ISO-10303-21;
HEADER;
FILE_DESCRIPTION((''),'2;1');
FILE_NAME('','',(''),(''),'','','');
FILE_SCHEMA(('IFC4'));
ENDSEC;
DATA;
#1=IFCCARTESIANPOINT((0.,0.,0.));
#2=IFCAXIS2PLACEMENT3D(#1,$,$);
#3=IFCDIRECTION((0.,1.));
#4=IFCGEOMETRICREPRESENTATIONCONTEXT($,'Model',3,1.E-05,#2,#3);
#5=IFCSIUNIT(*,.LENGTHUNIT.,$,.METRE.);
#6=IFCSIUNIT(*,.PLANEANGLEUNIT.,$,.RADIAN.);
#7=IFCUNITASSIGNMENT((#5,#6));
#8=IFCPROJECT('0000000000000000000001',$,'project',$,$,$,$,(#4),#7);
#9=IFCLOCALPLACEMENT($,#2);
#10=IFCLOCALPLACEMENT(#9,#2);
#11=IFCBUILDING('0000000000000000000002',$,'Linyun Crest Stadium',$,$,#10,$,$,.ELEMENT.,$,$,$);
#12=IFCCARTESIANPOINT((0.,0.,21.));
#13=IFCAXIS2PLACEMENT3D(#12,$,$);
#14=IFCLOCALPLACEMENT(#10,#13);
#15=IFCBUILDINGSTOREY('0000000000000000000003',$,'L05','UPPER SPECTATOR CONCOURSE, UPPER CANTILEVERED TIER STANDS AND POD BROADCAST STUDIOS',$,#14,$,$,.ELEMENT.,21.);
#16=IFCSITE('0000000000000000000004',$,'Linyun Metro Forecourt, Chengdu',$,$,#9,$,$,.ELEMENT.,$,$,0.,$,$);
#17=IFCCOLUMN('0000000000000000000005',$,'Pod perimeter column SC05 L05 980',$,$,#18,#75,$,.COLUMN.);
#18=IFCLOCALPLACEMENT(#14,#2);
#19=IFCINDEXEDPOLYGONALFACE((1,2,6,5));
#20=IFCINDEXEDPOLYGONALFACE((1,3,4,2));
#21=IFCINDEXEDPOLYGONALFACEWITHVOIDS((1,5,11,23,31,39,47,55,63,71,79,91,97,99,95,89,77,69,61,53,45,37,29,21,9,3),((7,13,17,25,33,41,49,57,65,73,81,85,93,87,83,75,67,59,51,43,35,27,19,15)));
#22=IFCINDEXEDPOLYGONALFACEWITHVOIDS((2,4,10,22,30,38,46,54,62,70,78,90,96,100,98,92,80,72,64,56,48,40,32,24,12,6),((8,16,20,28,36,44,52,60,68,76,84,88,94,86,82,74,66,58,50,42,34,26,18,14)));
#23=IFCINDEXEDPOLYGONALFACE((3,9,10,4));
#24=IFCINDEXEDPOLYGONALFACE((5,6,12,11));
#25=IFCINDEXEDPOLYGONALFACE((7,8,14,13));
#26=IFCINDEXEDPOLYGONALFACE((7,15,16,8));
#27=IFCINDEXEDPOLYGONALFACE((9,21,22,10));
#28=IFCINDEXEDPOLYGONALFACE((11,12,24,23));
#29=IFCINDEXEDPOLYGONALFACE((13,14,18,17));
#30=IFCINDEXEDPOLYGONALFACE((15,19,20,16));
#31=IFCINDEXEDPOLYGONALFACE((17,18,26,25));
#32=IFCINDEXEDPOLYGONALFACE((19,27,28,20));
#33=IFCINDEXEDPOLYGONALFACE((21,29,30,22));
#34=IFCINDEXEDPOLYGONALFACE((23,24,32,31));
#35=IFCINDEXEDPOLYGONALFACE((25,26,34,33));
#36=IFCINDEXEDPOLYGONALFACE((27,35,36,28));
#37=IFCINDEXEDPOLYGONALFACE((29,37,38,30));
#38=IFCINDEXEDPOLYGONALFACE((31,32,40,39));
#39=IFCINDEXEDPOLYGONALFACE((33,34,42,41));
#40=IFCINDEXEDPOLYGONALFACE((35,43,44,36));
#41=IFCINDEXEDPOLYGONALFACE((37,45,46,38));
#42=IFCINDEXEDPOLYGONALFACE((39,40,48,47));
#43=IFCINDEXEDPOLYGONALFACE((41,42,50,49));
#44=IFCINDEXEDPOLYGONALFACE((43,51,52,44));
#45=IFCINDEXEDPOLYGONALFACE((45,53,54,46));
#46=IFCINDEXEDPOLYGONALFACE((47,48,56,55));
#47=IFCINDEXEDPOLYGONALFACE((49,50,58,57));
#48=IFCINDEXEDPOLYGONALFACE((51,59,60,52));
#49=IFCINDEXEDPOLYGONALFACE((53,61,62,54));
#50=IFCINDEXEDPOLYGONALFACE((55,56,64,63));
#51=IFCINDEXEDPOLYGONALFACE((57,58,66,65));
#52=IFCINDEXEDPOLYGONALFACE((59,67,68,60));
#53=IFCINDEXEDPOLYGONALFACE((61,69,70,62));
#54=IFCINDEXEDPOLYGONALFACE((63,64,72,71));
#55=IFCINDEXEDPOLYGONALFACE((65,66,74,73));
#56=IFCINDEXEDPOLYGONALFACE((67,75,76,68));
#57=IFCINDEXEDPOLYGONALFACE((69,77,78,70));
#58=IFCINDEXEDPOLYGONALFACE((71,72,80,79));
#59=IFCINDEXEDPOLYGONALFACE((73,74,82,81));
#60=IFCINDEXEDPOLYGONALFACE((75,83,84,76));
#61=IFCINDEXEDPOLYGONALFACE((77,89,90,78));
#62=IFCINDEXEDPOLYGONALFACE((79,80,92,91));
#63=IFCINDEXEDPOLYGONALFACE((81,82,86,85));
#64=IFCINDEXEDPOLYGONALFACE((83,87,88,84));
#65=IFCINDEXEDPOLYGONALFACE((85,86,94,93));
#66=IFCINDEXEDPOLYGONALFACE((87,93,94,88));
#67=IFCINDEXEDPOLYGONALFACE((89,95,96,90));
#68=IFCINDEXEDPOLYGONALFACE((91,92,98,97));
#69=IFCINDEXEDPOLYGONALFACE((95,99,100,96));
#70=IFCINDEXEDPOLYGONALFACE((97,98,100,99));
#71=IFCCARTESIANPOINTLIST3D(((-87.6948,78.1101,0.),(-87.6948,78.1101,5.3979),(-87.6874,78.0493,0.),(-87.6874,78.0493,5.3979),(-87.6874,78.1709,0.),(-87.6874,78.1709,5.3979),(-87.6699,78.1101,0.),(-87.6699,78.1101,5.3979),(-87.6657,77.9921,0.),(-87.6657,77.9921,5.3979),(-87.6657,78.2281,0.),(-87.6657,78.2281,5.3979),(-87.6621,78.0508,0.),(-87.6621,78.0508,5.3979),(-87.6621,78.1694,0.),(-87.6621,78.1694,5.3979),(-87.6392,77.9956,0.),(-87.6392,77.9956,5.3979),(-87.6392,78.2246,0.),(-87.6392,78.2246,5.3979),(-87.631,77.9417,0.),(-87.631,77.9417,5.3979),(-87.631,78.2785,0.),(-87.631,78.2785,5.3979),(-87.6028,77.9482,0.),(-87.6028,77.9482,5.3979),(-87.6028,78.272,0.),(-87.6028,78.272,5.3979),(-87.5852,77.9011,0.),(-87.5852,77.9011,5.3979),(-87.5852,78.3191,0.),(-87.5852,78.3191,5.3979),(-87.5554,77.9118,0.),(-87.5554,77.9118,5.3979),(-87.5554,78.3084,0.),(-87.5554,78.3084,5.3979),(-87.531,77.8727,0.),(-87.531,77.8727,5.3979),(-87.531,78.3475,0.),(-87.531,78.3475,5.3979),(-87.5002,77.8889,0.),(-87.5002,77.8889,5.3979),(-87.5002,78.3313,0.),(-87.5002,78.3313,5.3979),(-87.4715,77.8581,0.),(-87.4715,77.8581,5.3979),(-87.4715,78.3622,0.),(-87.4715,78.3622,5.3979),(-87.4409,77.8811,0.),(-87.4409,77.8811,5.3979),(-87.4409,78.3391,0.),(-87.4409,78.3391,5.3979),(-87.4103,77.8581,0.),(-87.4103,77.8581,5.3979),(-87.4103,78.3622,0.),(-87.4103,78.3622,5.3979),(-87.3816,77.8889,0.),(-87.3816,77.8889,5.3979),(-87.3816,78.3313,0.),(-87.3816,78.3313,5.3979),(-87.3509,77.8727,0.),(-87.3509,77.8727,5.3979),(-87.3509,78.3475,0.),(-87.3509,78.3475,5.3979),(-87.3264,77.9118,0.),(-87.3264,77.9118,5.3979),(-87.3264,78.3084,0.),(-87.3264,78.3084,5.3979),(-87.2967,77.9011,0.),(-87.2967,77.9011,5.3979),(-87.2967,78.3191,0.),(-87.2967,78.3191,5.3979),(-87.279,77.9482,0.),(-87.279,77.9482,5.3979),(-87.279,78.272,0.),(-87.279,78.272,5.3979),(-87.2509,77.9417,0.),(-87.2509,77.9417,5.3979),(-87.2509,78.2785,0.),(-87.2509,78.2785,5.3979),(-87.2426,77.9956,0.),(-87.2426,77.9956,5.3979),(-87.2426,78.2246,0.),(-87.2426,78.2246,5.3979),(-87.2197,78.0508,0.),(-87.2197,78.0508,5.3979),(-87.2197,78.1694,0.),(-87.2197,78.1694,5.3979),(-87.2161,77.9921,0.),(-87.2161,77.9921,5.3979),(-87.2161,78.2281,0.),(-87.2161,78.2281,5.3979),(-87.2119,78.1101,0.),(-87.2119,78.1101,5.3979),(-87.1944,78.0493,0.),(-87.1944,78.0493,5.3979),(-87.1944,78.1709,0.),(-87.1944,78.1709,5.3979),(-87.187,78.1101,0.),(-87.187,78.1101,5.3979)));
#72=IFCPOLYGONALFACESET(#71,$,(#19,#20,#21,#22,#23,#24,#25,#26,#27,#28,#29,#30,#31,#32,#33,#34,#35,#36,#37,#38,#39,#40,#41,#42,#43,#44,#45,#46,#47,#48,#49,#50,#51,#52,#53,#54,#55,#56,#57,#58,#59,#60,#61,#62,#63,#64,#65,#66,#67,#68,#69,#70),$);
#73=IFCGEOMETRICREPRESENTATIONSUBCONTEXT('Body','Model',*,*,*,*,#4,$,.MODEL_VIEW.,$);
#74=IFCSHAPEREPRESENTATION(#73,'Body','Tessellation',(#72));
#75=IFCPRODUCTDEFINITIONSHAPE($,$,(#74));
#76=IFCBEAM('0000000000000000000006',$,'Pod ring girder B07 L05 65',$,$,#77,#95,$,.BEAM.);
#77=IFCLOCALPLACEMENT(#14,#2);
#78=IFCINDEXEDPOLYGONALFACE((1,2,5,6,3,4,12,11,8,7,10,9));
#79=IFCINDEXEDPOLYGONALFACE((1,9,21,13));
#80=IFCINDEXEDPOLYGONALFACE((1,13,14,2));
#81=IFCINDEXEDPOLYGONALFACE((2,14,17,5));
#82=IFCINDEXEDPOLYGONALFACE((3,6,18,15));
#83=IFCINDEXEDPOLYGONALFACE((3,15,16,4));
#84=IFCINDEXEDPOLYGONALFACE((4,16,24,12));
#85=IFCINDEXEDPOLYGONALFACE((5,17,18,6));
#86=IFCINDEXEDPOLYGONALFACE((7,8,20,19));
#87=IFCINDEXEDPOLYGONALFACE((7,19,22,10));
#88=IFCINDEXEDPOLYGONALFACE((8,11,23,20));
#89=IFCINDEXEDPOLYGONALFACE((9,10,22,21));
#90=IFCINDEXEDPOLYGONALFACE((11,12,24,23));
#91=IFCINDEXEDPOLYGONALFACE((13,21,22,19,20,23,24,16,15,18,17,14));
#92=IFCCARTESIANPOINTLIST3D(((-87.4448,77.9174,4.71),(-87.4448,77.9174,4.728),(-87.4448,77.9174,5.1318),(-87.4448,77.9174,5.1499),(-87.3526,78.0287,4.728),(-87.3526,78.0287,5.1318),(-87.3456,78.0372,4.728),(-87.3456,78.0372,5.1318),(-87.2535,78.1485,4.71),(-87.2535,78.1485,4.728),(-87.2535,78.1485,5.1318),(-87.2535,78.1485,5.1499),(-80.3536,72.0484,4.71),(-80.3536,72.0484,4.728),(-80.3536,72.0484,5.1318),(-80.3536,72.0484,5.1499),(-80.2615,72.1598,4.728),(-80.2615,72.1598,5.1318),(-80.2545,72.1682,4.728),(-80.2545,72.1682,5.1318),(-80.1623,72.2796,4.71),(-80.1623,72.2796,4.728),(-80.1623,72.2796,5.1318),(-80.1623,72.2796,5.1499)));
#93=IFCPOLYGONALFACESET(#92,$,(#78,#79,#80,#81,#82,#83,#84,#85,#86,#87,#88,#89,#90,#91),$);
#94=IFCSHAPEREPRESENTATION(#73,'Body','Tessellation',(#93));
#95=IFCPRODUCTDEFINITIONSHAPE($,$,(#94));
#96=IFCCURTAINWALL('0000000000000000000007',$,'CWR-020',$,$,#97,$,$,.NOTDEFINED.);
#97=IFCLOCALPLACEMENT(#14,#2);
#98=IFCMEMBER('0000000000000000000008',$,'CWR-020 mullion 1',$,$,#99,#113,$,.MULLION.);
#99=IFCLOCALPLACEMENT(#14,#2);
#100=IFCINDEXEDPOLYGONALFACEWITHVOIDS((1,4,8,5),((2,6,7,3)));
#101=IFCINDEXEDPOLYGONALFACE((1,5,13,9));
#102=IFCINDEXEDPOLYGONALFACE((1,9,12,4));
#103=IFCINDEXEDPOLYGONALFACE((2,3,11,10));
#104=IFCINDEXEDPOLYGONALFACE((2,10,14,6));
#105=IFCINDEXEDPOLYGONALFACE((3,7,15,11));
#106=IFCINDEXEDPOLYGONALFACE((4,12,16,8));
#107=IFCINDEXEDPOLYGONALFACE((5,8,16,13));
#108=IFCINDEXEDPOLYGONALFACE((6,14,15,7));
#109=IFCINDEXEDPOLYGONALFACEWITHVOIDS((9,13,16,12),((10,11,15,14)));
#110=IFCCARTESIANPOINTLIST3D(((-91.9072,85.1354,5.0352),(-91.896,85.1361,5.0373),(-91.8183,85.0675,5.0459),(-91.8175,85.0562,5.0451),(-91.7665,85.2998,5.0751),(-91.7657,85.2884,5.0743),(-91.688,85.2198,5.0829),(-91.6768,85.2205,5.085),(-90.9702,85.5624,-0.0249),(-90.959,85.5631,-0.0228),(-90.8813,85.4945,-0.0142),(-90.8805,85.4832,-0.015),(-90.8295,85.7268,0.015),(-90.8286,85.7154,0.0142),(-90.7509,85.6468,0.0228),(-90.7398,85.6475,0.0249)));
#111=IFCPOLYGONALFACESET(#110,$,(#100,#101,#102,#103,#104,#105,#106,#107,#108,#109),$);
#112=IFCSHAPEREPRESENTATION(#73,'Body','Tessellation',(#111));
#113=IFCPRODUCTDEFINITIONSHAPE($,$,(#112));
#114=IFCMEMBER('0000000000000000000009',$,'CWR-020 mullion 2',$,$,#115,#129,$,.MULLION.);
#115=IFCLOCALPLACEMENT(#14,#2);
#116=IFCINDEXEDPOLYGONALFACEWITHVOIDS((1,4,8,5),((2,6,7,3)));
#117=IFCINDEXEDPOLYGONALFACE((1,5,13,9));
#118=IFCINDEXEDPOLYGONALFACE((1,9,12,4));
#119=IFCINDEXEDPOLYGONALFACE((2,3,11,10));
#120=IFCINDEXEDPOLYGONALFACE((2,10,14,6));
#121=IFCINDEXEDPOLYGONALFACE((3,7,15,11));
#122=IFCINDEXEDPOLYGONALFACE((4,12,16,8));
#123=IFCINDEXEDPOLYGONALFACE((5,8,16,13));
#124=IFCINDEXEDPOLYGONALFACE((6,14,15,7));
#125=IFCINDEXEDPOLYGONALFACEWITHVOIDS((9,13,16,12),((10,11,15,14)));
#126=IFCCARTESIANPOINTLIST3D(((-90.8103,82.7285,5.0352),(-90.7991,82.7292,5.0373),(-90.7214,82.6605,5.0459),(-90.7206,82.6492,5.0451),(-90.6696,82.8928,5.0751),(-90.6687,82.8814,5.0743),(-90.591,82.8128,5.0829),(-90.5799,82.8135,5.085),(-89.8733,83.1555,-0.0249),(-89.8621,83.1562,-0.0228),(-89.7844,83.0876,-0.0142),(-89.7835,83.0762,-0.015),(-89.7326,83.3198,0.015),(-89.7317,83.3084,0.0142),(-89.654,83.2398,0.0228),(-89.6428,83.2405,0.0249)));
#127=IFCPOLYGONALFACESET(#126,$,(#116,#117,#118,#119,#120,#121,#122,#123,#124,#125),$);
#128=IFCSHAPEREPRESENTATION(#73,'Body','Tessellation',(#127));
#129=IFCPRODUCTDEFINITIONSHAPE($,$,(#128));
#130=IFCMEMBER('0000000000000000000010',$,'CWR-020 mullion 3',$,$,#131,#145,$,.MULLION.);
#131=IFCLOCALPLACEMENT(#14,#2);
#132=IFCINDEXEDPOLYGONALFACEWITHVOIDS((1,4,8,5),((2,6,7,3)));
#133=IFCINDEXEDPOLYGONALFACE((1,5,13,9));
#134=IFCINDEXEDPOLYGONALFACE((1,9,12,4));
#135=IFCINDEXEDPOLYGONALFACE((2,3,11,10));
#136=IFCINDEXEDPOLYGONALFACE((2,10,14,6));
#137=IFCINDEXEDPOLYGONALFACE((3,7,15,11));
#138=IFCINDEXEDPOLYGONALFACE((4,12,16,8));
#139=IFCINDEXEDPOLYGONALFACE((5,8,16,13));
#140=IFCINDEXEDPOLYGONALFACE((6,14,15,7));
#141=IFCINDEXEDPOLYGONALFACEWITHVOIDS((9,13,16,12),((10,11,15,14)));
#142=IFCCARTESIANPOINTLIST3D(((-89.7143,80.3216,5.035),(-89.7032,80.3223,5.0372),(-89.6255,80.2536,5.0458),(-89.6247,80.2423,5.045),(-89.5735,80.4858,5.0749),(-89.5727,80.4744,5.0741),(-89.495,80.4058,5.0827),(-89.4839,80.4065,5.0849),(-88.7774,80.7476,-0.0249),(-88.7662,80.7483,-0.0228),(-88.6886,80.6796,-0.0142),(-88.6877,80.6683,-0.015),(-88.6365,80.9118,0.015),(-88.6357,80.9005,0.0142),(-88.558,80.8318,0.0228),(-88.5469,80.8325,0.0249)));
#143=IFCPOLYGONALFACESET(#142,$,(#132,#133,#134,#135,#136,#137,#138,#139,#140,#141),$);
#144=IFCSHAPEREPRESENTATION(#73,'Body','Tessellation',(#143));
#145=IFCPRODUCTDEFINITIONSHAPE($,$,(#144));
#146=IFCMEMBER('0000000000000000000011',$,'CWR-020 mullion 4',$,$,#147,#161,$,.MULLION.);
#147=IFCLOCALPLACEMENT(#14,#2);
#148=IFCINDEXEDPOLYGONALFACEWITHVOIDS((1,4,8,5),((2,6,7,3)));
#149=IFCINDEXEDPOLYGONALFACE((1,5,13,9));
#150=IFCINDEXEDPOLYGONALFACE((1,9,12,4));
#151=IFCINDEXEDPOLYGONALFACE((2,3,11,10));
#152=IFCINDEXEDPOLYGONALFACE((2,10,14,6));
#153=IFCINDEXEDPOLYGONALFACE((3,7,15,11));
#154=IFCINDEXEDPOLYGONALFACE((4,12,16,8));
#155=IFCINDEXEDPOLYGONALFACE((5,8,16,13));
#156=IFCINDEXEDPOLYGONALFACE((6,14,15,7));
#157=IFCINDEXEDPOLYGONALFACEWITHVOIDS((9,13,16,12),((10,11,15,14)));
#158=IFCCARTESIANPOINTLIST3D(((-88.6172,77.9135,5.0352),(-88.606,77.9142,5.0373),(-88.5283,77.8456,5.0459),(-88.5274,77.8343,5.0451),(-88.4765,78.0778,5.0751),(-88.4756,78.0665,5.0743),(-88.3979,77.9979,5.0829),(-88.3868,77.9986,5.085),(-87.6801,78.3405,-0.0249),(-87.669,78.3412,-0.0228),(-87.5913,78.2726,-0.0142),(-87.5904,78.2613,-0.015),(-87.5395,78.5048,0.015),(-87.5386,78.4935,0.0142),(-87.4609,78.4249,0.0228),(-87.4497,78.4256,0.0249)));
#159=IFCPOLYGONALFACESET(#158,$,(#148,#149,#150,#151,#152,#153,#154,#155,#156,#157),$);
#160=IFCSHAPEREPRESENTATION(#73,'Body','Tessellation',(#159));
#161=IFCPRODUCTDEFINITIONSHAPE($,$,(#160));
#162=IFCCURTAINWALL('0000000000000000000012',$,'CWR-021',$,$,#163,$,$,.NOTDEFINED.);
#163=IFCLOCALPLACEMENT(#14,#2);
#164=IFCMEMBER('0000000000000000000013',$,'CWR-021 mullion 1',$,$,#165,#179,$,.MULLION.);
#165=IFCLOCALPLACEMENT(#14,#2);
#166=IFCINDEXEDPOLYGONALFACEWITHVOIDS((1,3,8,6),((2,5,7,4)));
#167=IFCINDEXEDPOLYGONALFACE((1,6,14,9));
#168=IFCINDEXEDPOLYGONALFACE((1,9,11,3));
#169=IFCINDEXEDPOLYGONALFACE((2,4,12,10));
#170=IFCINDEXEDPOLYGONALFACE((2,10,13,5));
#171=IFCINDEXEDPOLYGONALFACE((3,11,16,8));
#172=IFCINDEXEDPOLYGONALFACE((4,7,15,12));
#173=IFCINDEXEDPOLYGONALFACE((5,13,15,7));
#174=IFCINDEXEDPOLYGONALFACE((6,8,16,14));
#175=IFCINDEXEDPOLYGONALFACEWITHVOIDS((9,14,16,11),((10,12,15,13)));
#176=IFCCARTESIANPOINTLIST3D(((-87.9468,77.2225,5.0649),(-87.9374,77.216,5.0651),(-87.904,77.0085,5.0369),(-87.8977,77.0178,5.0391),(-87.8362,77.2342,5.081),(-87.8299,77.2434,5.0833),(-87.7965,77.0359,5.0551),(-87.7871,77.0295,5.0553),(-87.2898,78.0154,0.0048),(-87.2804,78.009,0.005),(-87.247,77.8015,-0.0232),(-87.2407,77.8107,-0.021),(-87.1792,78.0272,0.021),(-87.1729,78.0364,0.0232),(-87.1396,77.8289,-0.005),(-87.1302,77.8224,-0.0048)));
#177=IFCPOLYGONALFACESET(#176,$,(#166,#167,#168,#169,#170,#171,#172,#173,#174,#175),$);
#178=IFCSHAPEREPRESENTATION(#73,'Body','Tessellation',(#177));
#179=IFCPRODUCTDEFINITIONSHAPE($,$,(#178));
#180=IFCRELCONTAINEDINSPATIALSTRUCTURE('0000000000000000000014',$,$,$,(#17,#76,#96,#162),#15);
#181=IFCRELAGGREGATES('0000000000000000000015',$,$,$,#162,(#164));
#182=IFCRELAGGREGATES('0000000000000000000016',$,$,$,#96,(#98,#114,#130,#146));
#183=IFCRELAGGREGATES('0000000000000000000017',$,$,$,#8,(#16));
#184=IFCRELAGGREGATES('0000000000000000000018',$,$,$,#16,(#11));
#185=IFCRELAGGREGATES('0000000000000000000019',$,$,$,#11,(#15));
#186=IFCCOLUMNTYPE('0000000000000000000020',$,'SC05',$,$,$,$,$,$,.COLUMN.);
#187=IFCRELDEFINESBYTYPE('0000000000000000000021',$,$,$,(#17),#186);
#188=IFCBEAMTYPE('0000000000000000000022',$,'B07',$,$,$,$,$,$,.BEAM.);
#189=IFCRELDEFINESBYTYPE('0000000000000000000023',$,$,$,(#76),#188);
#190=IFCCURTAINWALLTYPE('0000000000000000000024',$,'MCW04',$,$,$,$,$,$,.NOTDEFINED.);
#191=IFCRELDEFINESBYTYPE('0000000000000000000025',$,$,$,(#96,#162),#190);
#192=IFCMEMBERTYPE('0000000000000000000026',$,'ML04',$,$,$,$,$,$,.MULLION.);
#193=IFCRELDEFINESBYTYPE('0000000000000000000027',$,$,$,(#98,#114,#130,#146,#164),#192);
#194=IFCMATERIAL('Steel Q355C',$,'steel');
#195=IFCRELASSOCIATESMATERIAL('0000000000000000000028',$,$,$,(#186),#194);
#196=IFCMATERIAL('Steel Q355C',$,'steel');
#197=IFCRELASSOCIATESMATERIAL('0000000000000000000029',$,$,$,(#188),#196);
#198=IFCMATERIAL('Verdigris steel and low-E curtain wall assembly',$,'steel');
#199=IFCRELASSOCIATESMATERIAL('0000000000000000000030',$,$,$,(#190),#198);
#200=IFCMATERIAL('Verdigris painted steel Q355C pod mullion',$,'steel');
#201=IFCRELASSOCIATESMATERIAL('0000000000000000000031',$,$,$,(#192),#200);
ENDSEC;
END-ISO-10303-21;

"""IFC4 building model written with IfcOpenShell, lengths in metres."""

from ifc_helpers import new_model, si_unit, direction, frame, origin, origin_2d, place, context, subcontext, project, spatial, hollow_rectangle, hollow_circle, i_section, extrude, material, material_profile, profile_set, type_object, element, aggregate, save


model = new_model("IFC4")

# Units and contexts
model_context = context("Model", 3, precision=1e-05, world=origin(), true_north=direction((0.0, 1.0)))
body_context = subcontext(model_context, "Body", "Model", "MODEL_VIEW")
ifc_project = project(units=[si_unit("LENGTHUNIT", "METRE"), si_unit("PLANEANGLEUNIT", "RADIAN")], contexts=[model_context])

# Site, building, storey
site_placement = place(None, origin())
site = spatial("IfcSite", under=ifc_project, at=site_placement, Name="Linyun Metro Forecourt, Chengdu", CompositionType="ELEMENT", RefElevation=0.0)
building_placement = place(site_placement, origin())
building = spatial("IfcBuilding", under=site, at=building_placement, Name="Linyun Crest Stadium", CompositionType="ELEMENT")
storey_placement = place(building_placement, frame((0.0, 0.0, 21.0)))
storey = spatial("IfcBuildingStorey", under=building, at=storey_placement, Name="L05", Description="UPPER SPECTATOR CONCOURSE, UPPER CANTILEVERED TIER STANDS AND POD BROADCAST STUDIOS", CompositionType="ELEMENT", Elevation=21.0)

# Column
ifc_material_1 = material(Name="Steel Q355C", Category="steel")
ifc_material_profile_1 = material_profile(ifc_material_1, hollow_circle(Radius=0.2539, WallThickness=0.0249, at=origin_2d()), Name="CHS 508x25")
ifc_profile_set_1 = profile_set([ifc_material_profile_1], Name="Steel Q355C")
column_type = type_object("IfcColumnType", Name="SC05", PredefinedType="COLUMN", material=ifc_profile_set_1)
column_placement = place(storey_placement, frame((-87.4409, 78.1101, 0.0), z_axis=(0.0, 0.0, 1.0), x_axis=(1.0, 0.0, 0.0)))
element("IfcColumn", 1, at=column_placement, inside=storey, type_object=column_type, Name="Pod perimeter column SC05 L05 980", PredefinedType="COLUMN", context=body_context, shape_type="SweptSolid", body=[
    extrude(hollow_circle(Radius=0.2539, WallThickness=0.0249, at=origin_2d()), origin(), (0.0, 0.0, 1.0), 5.3979),
])

# Beam
ifc_material_2 = material(Name="Steel Q355C", Category="steel")
ifc_material_profile_2 = material_profile(ifc_material_2, i_section(OverallWidth=0.3, OverallDepth=0.4399, WebThickness=0.011, FlangeThickness=0.0181, at=origin_2d()), Name="HM 440x300")
ifc_profile_set_2 = profile_set([ifc_material_profile_2], Name="Steel Q355C")
beam_type = type_object("IfcBeamType", Name="B07", PredefinedType="BEAM", material=ifc_profile_set_2)
beam_placement = place(storey_placement, frame((-87.3491, 78.033, 4.9299), z_axis=(0.770371, -0.637595, 0.0), x_axis=(0.637595, 0.770371, 0.0)))
element("IfcBeam", 2, at=beam_placement, inside=storey, type_object=beam_type, Name="Pod ring girder B07 L05 65", PredefinedType="BEAM", context=body_context, shape_type="SweptSolid", body=[
    extrude(i_section(OverallWidth=0.3, OverallDepth=0.4399, WebThickness=0.011, FlangeThickness=0.0181, at=origin_2d()), origin(), (0.0, 0.0, 1.0), 9.2048),
])

# Curtain wall, members
ifc_material_3 = material(Name="Verdigris steel and low-E curtain wall assembly", Category="steel")
curtain_wall_type = type_object("IfcCurtainWallType", Name="MCW04", PredefinedType="NOTDEFINED", material=ifc_material_3)
curtain_wall_1_placement = place(storey_placement, origin())
curtain_wall_1 = element("IfcCurtainWall", 3, at=curtain_wall_1_placement, inside=storey, type_object=curtain_wall_type, Name="CWR-020", PredefinedType="NOTDEFINED")
ifc_material_4 = material(Name="Verdigris painted steel Q355C pod mullion", Category="steel")
ifc_material_profile_3 = material_profile(ifc_material_4, hollow_rectangle(XDim=0.1201, YDim=0.22, WallThickness=0.0081, at=origin_2d()), Name="RHS 220x120x8")
ifc_profile_set_3 = profile_set([ifc_material_profile_3], Name="Verdigris painted steel Q355C pod mullion")
member_type_1 = type_object("IfcMemberType", Name="ML04", PredefinedType="MULLION", material=ifc_profile_set_3)
member_1_placement = place(storey_placement, frame((-90.855, 85.605, 0.0), z_axis=(-0.181459, -0.082692, 0.979916), x_axis=(0.747008, -0.659656, 0.082663)))
member_1 = element("IfcMember", 4, at=member_1_placement, type_object=member_type_1, Name="CWR-020 mullion 1", PredefinedType="MULLION", context=body_context, shape_type="SweptSolid", body=[
    extrude(hollow_rectangle(XDim=0.1201, YDim=0.22, WallThickness=0.0081, at=origin_2d()), origin(), (0.0, 0.0, 1.0), 5.1638),
])
member_2_placement = place(storey_placement, frame((-89.7581, 83.198, 0.0), z_axis=(-0.181459, -0.082692, 0.979916), x_axis=(0.747008, -0.659656, 0.082663)))
member_2 = element("IfcMember", 5, at=member_2_placement, type_object=member_type_1, Name="CWR-020 mullion 2", PredefinedType="MULLION", context=body_context, shape_type="SweptSolid", body=[
    extrude(hollow_rectangle(XDim=0.1201, YDim=0.22, WallThickness=0.0081, at=origin_2d()), origin(), (0.0, 0.0, 1.0), 5.1638),
])
member_3_placement = place(storey_placement, frame((-88.6621, 80.79, 0.0), z_axis=(-0.181462, -0.082504, 0.979931), x_axis=(0.746444, -0.660298, 0.082632)))
member_3 = element("IfcMember", 6, at=member_3_placement, type_object=member_type_1, Name="CWR-020 mullion 3", PredefinedType="MULLION", context=body_context, shape_type="SweptSolid", body=[
    extrude(hollow_rectangle(XDim=0.1201, YDim=0.22, WallThickness=0.0081, at=origin_2d()), origin(), (0.0, 0.0, 1.0), 5.1636),
])
member_4_placement = place(storey_placement, frame((-87.5649, 78.3831, 0.0), z_axis=(-0.181459, -0.082692, 0.979916), x_axis=(0.747008, -0.659656, 0.082663)))
member_4 = element("IfcMember", 7, at=member_4_placement, type_object=member_type_1, Name="CWR-020 mullion 4", PredefinedType="MULLION", context=body_context, shape_type="SweptSolid", body=[
    extrude(hollow_rectangle(XDim=0.1201, YDim=0.22, WallThickness=0.0081, at=origin_2d()), origin(), (0.0, 0.0, 1.0), 5.1638),
])

# Curtain wall, member
curtain_wall_2_placement = place(storey_placement, origin())
curtain_wall_2 = element("IfcCurtainWall", 8, at=curtain_wall_2_placement, inside=storey, type_object=curtain_wall_type, Name="CWR-021", PredefinedType="NOTDEFINED")
member_5_placement = place(storey_placement, frame((-87.21, 77.9189, 0.0), z_axis=(-0.127229, -0.153564, 0.979914), x_axis=(0.972619, 0.174403, 0.153613)))
member_5 = element("IfcMember", 9, at=member_5_placement, type_object=member_type_1, Name="CWR-021 mullion 1", PredefinedType="MULLION", context=body_context, shape_type="SweptSolid", body=[
    extrude(hollow_rectangle(XDim=0.1201, YDim=0.22, WallThickness=0.0081, at=origin_2d()), origin(), (0.0, 0.0, 1.0), 5.1638),
])

aggregate(curtain_wall_2, [member_5])

aggregate(curtain_wall_1, [member_1, member_2, member_3, member_4])

save(model, "model.ifc")
